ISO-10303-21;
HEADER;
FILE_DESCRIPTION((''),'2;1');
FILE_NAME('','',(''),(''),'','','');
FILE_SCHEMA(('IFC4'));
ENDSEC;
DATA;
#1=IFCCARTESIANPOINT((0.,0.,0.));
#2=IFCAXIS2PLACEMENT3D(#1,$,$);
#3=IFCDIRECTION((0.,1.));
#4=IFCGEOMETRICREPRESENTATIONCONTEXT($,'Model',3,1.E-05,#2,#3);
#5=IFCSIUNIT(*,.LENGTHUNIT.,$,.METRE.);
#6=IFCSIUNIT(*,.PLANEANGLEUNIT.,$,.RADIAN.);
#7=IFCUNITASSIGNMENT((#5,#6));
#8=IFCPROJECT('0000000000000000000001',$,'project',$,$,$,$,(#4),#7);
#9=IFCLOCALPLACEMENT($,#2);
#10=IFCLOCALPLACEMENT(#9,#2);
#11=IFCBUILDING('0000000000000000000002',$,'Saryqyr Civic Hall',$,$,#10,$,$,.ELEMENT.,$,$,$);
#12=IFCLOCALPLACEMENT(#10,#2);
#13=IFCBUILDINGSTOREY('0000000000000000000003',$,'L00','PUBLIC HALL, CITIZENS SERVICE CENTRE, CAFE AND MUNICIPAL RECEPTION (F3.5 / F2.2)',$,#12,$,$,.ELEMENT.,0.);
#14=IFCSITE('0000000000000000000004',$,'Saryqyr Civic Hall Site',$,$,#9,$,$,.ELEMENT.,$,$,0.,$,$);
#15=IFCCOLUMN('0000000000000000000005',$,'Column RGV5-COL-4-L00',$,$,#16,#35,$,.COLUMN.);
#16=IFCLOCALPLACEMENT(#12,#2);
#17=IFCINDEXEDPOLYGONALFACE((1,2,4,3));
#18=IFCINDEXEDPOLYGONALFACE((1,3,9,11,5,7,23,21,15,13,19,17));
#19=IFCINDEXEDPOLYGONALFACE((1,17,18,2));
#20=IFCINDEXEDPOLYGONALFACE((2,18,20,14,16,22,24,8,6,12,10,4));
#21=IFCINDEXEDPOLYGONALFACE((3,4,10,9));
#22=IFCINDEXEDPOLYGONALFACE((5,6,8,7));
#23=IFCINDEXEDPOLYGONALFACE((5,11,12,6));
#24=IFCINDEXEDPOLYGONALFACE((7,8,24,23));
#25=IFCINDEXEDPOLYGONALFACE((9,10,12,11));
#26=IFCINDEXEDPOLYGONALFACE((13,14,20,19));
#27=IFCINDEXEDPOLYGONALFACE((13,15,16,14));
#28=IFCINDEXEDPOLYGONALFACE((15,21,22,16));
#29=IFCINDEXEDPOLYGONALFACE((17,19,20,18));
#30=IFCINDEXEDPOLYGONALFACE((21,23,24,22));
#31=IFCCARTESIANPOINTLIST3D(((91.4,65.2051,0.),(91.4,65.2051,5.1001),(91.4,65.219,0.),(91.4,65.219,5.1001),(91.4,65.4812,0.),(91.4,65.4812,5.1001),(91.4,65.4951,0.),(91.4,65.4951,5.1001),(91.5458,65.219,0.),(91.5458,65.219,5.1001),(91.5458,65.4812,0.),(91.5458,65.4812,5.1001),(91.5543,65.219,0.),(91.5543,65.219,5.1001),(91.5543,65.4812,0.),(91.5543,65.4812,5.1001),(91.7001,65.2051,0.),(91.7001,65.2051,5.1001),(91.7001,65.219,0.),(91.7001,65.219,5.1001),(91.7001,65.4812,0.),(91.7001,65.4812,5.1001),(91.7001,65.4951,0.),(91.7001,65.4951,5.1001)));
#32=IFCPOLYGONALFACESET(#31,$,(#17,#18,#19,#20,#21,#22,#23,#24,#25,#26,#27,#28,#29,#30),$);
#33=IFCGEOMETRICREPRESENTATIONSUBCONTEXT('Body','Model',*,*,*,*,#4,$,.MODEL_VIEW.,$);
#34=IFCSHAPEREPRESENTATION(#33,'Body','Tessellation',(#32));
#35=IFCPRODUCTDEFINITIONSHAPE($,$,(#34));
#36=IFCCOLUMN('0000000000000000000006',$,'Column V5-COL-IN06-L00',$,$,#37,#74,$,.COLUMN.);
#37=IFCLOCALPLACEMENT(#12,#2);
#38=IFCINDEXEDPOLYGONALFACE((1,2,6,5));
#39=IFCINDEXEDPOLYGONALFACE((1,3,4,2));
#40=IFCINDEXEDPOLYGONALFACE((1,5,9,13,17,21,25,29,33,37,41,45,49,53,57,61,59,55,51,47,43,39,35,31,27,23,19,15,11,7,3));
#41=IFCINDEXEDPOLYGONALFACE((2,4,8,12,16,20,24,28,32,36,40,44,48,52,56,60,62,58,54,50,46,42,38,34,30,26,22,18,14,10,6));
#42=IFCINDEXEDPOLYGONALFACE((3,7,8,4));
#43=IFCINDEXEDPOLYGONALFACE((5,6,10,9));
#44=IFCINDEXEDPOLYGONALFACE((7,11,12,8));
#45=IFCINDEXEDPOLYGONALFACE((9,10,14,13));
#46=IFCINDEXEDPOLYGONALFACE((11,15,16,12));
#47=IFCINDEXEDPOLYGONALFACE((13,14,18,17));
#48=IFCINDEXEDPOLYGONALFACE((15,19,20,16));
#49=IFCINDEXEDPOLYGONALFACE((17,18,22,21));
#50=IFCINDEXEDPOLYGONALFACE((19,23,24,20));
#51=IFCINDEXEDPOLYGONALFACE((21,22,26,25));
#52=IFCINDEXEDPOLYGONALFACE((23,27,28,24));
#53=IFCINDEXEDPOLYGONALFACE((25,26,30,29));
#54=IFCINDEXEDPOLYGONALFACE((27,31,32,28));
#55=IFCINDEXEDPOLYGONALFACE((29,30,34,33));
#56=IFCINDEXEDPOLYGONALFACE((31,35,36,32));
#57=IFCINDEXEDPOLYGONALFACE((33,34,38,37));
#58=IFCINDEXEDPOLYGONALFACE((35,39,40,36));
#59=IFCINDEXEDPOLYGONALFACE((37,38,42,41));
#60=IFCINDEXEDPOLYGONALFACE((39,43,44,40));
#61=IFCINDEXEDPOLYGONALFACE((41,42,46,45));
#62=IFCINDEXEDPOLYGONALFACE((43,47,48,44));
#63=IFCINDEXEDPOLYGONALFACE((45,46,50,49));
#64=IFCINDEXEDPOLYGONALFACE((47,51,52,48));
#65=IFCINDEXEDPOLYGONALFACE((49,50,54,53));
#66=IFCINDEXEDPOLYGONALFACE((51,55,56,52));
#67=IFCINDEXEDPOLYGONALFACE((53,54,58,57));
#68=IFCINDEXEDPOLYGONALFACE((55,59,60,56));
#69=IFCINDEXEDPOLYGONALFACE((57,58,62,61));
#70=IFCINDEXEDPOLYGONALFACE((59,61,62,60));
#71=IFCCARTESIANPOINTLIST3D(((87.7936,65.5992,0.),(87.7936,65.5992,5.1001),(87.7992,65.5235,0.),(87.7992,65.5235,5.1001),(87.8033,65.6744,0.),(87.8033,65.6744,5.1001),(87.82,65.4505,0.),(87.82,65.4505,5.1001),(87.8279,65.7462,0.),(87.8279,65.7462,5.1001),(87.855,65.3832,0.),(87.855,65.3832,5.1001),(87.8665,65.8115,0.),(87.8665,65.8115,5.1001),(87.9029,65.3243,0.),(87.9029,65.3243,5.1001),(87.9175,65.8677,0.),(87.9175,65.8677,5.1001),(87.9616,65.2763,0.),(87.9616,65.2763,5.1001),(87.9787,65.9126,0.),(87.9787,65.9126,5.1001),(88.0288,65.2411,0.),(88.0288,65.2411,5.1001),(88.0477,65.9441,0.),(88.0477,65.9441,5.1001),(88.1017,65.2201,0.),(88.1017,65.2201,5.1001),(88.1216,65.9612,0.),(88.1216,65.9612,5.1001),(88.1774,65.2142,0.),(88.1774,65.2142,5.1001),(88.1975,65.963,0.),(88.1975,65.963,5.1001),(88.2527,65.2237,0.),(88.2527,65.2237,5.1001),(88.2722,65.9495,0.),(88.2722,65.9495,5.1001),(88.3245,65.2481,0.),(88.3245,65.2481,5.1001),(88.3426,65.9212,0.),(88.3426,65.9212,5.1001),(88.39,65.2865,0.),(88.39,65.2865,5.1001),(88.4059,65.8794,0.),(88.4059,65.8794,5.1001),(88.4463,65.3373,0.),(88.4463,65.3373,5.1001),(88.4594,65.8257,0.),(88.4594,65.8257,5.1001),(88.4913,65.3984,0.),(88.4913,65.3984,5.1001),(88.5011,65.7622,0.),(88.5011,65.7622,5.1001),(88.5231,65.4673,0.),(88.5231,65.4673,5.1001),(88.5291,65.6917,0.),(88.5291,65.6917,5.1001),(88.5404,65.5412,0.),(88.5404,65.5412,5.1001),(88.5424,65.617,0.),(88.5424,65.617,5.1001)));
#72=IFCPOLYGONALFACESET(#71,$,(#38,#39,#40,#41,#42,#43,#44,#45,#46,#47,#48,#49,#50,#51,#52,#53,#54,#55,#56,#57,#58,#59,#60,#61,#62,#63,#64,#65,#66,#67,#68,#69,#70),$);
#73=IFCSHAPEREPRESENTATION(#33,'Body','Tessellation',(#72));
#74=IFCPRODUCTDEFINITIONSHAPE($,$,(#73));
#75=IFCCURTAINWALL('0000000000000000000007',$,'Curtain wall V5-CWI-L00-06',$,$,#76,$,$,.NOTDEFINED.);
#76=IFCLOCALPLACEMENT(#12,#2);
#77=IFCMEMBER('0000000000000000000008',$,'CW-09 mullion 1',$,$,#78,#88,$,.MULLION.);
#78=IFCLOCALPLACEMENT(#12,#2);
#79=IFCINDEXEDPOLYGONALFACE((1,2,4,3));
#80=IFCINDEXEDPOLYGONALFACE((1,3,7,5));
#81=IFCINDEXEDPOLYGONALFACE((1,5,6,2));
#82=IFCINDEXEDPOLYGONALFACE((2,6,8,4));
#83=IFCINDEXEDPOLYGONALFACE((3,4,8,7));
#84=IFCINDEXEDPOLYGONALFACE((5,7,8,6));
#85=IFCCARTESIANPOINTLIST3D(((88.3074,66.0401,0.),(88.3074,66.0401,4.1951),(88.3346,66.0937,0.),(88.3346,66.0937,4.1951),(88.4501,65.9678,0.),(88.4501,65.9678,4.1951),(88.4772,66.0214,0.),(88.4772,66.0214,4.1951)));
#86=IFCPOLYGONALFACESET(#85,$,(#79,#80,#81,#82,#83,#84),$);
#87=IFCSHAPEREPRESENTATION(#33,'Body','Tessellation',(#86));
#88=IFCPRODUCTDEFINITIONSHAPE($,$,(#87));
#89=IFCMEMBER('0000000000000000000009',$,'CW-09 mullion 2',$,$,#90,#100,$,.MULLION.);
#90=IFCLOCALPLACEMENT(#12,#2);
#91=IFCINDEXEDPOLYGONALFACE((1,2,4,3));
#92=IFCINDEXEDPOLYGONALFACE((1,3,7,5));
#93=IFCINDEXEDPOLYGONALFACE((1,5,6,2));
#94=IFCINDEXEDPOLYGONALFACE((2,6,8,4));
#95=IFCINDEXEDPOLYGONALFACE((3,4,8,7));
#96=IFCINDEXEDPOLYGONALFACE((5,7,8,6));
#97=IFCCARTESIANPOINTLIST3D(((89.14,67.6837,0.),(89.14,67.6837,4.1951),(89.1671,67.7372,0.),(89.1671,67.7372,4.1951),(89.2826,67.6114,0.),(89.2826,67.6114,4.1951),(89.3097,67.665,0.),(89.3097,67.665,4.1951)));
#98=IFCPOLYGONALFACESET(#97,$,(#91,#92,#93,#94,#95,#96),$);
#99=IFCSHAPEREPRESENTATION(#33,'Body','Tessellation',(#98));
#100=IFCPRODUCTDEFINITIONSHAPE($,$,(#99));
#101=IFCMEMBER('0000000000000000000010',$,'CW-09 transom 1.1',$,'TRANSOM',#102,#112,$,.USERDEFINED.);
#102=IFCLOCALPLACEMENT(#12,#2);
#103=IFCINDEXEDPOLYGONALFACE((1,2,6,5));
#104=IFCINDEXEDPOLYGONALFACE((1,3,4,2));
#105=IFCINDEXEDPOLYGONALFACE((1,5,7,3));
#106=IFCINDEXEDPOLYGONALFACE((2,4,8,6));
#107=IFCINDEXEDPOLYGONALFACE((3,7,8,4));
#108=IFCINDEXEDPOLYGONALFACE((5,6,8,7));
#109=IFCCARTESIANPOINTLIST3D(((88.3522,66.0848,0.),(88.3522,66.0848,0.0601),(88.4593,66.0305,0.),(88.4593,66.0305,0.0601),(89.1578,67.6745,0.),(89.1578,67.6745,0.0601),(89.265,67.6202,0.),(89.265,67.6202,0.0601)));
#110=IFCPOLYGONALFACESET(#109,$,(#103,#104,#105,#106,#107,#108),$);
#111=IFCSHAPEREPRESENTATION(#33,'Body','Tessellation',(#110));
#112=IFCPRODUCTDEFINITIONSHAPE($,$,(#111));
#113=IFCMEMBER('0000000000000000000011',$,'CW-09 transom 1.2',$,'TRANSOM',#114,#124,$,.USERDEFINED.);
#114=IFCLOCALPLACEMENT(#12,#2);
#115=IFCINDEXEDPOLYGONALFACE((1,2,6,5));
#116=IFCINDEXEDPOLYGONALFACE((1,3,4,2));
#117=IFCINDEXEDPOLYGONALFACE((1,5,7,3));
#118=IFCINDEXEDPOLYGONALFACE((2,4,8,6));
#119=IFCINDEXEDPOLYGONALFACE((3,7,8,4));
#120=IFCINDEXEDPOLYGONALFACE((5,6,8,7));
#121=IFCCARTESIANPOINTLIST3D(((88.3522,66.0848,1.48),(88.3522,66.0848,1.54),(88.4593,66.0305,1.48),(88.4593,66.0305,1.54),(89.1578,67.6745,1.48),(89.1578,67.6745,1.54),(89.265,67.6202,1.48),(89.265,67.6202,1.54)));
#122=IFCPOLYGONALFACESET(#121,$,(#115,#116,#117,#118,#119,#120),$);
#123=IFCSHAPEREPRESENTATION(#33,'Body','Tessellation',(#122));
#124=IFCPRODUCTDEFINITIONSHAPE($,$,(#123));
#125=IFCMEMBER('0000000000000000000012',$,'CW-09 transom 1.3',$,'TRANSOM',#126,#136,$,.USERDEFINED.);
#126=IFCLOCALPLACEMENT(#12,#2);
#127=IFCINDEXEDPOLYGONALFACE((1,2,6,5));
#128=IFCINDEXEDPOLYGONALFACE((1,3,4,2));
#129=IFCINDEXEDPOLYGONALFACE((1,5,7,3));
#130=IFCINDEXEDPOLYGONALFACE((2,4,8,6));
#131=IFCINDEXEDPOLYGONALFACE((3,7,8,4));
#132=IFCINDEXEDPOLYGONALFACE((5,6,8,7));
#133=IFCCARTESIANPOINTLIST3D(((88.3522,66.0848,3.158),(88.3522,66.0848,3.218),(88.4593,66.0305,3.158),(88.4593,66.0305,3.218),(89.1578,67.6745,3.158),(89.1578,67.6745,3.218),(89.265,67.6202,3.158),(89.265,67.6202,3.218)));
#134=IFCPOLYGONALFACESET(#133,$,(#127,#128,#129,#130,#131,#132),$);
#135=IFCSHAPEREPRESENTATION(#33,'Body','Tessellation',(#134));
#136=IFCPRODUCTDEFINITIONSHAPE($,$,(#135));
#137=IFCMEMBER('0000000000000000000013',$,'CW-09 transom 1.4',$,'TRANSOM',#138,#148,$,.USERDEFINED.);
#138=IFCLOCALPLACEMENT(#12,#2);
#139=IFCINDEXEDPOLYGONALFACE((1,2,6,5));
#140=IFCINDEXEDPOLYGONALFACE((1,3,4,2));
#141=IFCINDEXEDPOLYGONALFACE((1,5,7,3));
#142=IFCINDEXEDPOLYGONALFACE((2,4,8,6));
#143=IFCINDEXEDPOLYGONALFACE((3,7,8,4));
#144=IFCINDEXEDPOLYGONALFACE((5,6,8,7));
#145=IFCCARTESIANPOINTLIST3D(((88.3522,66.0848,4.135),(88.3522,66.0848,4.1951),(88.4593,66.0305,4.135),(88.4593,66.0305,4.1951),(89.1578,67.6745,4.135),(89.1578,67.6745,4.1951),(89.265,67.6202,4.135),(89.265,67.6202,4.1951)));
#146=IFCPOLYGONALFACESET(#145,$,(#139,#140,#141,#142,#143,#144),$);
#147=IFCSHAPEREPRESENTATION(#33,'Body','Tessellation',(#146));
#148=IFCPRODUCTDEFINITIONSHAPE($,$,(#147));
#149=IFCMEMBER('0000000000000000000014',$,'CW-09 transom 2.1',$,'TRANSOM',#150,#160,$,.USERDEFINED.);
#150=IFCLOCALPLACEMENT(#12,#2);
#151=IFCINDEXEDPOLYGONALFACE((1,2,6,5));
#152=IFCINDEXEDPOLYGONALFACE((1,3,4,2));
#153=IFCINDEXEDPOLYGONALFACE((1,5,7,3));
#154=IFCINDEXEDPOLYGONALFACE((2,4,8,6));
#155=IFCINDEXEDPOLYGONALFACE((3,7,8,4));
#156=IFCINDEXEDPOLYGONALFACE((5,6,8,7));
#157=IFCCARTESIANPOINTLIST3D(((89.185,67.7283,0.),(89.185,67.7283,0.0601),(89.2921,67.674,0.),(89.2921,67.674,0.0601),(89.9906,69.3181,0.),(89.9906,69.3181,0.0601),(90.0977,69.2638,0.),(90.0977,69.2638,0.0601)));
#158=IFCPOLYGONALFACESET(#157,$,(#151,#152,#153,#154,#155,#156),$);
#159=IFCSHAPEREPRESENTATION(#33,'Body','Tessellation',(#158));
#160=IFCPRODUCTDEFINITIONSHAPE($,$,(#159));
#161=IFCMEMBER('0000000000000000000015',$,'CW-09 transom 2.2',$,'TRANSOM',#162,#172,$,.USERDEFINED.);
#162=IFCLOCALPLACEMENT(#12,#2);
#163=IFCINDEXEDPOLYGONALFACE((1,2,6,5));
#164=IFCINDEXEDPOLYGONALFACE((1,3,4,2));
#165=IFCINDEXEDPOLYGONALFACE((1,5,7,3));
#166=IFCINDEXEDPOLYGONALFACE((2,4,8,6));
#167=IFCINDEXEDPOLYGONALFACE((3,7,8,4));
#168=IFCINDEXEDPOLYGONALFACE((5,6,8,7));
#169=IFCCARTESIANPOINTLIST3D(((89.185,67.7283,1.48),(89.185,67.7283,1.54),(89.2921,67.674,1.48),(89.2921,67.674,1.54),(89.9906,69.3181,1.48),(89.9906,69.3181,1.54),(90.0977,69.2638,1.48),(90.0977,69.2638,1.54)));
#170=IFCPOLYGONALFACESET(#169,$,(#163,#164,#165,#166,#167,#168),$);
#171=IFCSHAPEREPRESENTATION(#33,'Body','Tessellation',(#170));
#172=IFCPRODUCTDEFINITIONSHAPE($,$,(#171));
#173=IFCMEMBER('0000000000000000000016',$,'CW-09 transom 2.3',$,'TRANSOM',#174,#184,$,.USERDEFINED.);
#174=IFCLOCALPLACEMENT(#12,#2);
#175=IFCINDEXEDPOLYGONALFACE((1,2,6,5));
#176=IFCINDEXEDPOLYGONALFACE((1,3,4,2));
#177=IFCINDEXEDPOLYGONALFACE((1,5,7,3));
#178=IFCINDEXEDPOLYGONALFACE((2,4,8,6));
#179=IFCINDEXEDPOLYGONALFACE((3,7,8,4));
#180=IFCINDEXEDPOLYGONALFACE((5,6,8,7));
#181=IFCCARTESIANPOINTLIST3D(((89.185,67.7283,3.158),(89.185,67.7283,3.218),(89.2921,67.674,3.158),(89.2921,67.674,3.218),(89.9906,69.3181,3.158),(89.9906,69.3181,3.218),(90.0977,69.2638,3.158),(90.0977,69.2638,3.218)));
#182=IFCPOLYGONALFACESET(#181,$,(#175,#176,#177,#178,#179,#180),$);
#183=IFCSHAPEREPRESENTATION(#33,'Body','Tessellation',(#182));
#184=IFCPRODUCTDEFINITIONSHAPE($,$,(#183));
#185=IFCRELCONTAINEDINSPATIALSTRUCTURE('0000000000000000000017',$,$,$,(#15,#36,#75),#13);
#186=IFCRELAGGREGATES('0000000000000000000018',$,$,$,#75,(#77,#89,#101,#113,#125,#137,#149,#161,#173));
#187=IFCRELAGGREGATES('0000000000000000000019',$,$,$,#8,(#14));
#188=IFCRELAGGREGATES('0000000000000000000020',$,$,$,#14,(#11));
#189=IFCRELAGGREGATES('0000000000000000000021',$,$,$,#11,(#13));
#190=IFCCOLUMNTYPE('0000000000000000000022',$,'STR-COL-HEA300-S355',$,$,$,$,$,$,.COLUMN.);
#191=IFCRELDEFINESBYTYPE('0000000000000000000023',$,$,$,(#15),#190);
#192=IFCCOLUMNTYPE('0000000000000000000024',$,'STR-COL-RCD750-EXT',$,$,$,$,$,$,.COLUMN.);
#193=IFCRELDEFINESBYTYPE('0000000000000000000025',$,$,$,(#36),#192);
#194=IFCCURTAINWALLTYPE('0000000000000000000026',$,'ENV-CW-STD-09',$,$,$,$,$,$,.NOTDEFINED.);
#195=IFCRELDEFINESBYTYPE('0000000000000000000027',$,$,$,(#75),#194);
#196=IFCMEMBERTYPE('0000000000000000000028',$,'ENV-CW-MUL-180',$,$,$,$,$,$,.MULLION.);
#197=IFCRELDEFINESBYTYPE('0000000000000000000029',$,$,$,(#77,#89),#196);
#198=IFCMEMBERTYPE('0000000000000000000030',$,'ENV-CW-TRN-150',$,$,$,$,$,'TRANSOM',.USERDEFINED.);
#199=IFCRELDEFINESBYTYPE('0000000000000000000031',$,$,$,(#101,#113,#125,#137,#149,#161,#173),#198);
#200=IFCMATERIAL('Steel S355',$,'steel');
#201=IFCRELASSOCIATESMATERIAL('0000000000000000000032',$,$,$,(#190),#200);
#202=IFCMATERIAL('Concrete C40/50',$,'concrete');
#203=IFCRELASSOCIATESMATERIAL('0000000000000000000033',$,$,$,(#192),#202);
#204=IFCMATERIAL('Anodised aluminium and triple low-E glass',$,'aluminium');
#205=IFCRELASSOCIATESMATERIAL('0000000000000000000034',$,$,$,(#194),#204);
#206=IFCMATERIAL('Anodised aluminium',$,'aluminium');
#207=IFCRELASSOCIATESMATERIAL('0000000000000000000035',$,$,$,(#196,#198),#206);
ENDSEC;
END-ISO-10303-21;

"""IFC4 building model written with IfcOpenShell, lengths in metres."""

from ifc_helpers import new_model, si_unit, direction, frame, origin, origin_2d, place, context, subcontext, project, spatial, rectangle, circle, i_section, extrude, material, material_profile, profile_set, type_object, element, aggregate, save


model = new_model("IFC4")

# Units and contexts
model_context = context("Model", 3, precision=1e-05, world=origin(), true_north=direction((0.0, 1.0)))
body_context = subcontext(model_context, "Body", "Model", "MODEL_VIEW")
ifc_project = project(units=[si_unit("LENGTHUNIT", "METRE"), si_unit("PLANEANGLEUNIT", "RADIAN")], contexts=[model_context])

# Site, building, storey
site_placement = place(None, origin())
site = spatial("IfcSite", under=ifc_project, at=site_placement, Name="Saryqyr Civic Hall Site", CompositionType="ELEMENT", RefElevation=0.0)
building_placement = place(site_placement, origin())
building = spatial("IfcBuilding", under=site, at=building_placement, Name="Saryqyr Civic Hall", CompositionType="ELEMENT")
storey_placement = place(building_placement, origin())
storey = spatial("IfcBuildingStorey", under=building, at=storey_placement, Name="L00", Description="PUBLIC HALL, CITIZENS SERVICE CENTRE, CAFE AND MUNICIPAL RECEPTION (F3.5 / F2.2)", CompositionType="ELEMENT", Elevation=0.0)

# Columns
ifc_material_1 = material(Name="Steel S355", Category="steel")
ifc_material_profile_1 = material_profile(ifc_material_1, i_section(OverallWidth=0.3, OverallDepth=0.29, WebThickness=0.0085, FlangeThickness=0.0139, at=origin_2d()), Name="HEA 300")
ifc_profile_set_1 = profile_set([ifc_material_profile_1], Name="Steel S355")
column_type_1 = type_object("IfcColumnType", Name="STR-COL-HEA300-S355", PredefinedType="COLUMN", material=ifc_profile_set_1)
column_1_placement = place(storey_placement, frame((91.55, 65.3501, 0.0), z_axis=(0.0, 0.0, 1.0), x_axis=(1.0, 0.0, 0.0)))
element("IfcColumn", 1, at=column_1_placement, inside=storey, type_object=column_type_1, Name="Column RGV5-COL-4-L00", PredefinedType="COLUMN", context=body_context, shape_type="SweptSolid", body=[
    extrude(i_section(OverallWidth=0.3, OverallDepth=0.29, WebThickness=0.0085, FlangeThickness=0.0139, at=origin_2d()), origin(), (0.0, 0.0, 1.0), 5.1001),
])
ifc_material_2 = material(Name="Concrete C40/50", Category="concrete")
ifc_material_profile_2 = material_profile(ifc_material_2, circle(Radius=0.375, at=origin_2d()), Name="RC D750")
ifc_profile_set_2 = profile_set([ifc_material_profile_2], Name="Concrete C40/50")
column_type_2 = type_object("IfcColumnType", Name="STR-COL-RCD750-EXT", PredefinedType="COLUMN", material=ifc_profile_set_2)
column_2_placement = place(storey_placement, frame((88.1685, 65.5891, 0.0), z_axis=(0.0, 0.0, 1.0), x_axis=(0.861008, -0.508591, 0.0)))
element("IfcColumn", 2, at=column_2_placement, inside=storey, type_object=column_type_2, Name="Column V5-COL-IN06-L00", PredefinedType="COLUMN", context=body_context, shape_type="SweptSolid", body=[
    extrude(circle(Radius=0.375, at=origin_2d()), origin(), (0.0, 0.0, 1.0), 5.1001),
])

# Curtain wall, members
ifc_material_3 = material(Name="Anodised aluminium and triple low-E glass", Category="aluminium")
curtain_wall_type = type_object("IfcCurtainWallType", Name="ENV-CW-STD-09", PredefinedType="NOTDEFINED", material=ifc_material_3)
curtain_wall_placement = place(storey_placement, origin())
curtain_wall = element("IfcCurtainWall", 3, at=curtain_wall_placement, inside=storey, type_object=curtain_wall_type, Name="Curtain wall V5-CWI-L00-06", PredefinedType="NOTDEFINED")
ifc_material_4 = material(Name="Anodised aluminium", Category="aluminium")
ifc_material_profile_3 = material_profile(ifc_material_4, rectangle(XDim=0.0601, YDim=0.1599, at=origin_2d()), Name="ALU MULLION 60x160")
ifc_profile_set_3 = profile_set([ifc_material_profile_3], Name="Anodised aluminium")
member_type_1 = type_object("IfcMemberType", Name="ENV-CW-MUL-180", PredefinedType="MULLION", material=ifc_profile_set_3)
member_1_placement = place(storey_placement, frame((88.3923, 66.0308, 0.0), z_axis=(0.0, 0.0, 1.0), x_axis=(0.45195, 0.892043, 0.0)))
member_1 = element("IfcMember", 4, at=member_1_placement, type_object=member_type_1, Name="CW-09 mullion 1", PredefinedType="MULLION", context=body_context, shape_type="SweptSolid", body=[
    extrude(rectangle(XDim=0.0601, YDim=0.1599, at=origin_2d()), origin(), (0.0, 0.0, 1.0), 4.1951),
])
member_2_placement = place(storey_placement, frame((89.2249, 67.6743, 0.0), z_axis=(0.0, 0.0, 1.0), x_axis=(0.45195, 0.892043, 0.0)))
member_2 = element("IfcMember", 5, at=member_2_placement, type_object=member_type_1, Name="CW-09 mullion 2", PredefinedType="MULLION", context=body_context, shape_type="SweptSolid", body=[
    extrude(rectangle(XDim=0.0601, YDim=0.1599, at=origin_2d()), origin(), (0.0, 0.0, 1.0), 4.1951),
])
ifc_material_profile_4 = material_profile(ifc_material_4, rectangle(XDim=0.1201, YDim=0.0601, at=origin_2d()), Name="ALU TRANSOM 120x60")
ifc_profile_set_4 = profile_set([ifc_material_profile_4], Name="Anodised aluminium")
member_type_2 = type_object("IfcMemberType", Name="ENV-CW-TRN-150", ElementType="TRANSOM", PredefinedType="USERDEFINED", material=ifc_profile_set_4)
member_3_placement = place(storey_placement, frame((88.4058, 66.0576, 0.03), z_axis=(0.452029, 0.892003, 0.0), x_axis=(-0.892003, 0.452029, 0.0)))
member_3 = element("IfcMember", 6, at=member_3_placement, type_object=member_type_2, Name="CW-09 transom 1.1", ObjectType="TRANSOM", PredefinedType="USERDEFINED", context=body_context, shape_type="SweptSolid", body=[
    extrude(rectangle(XDim=0.1201, YDim=0.0601, at=origin_2d()), origin(), (0.0, 0.0, 1.0), 1.7822),
])
member_4_placement = place(storey_placement, frame((88.4058, 66.0576, 1.51), z_axis=(0.452029, 0.892003, 0.0), x_axis=(-0.892003, 0.452029, 0.0)))
member_4 = element("IfcMember", 7, at=member_4_placement, type_object=member_type_2, Name="CW-09 transom 1.2", ObjectType="TRANSOM", PredefinedType="USERDEFINED", context=body_context, shape_type="SweptSolid", body=[
    extrude(rectangle(XDim=0.1201, YDim=0.0601, at=origin_2d()), origin(), (0.0, 0.0, 1.0), 1.7822),
])
member_5_placement = place(storey_placement, frame((88.4058, 66.0576, 3.188), z_axis=(0.452029, 0.892003, 0.0), x_axis=(-0.892003, 0.452029, 0.0)))
member_5 = element("IfcMember", 8, at=member_5_placement, type_object=member_type_2, Name="CW-09 transom 1.3", ObjectType="TRANSOM", PredefinedType="USERDEFINED", context=body_context, shape_type="SweptSolid", body=[
    extrude(rectangle(XDim=0.1201, YDim=0.0601, at=origin_2d()), origin(), (0.0, 0.0, 1.0), 1.7822),
])
member_6_placement = place(storey_placement, frame((88.4058, 66.0576, 4.165), z_axis=(0.452029, 0.892003, 0.0), x_axis=(-0.892003, 0.452029, 0.0)))
member_6 = element("IfcMember", 9, at=member_6_placement, type_object=member_type_2, Name="CW-09 transom 1.4", ObjectType="TRANSOM", PredefinedType="USERDEFINED", context=body_context, shape_type="SweptSolid", body=[
    extrude(rectangle(XDim=0.1201, YDim=0.0601, at=origin_2d()), origin(), (0.0, 0.0, 1.0), 1.7822),
])
member_7_placement = place(storey_placement, frame((89.2385, 67.7012, 0.03), z_axis=(0.452029, 0.892003, 0.0), x_axis=(-0.892003, 0.452029, 0.0)))
member_7 = element("IfcMember", 10, at=member_7_placement, type_object=member_type_2, Name="CW-09 transom 2.1", ObjectType="TRANSOM", PredefinedType="USERDEFINED", context=body_context, shape_type="SweptSolid", body=[
    extrude(rectangle(XDim=0.1201, YDim=0.0601, at=origin_2d()), origin(), (0.0, 0.0, 1.0), 1.7822),
])
member_8_placement = place(storey_placement, frame((89.2385, 67.7012, 1.51), z_axis=(0.452029, 0.892003, 0.0), x_axis=(-0.892003, 0.452029, 0.0)))
member_8 = element("IfcMember", 11, at=member_8_placement, type_object=member_type_2, Name="CW-09 transom 2.2", ObjectType="TRANSOM", PredefinedType="USERDEFINED", context=body_context, shape_type="SweptSolid", body=[
    extrude(rectangle(XDim=0.1201, YDim=0.0601, at=origin_2d()), origin(), (0.0, 0.0, 1.0), 1.7822),
])
member_9_placement = place(storey_placement, frame((89.2385, 67.7012, 3.188), z_axis=(0.452029, 0.892003, 0.0), x_axis=(-0.892003, 0.452029, 0.0)))
member_9 = element("IfcMember", 12, at=member_9_placement, type_object=member_type_2, Name="CW-09 transom 2.3", ObjectType="TRANSOM", PredefinedType="USERDEFINED", context=body_context, shape_type="SweptSolid", body=[
    extrude(rectangle(XDim=0.1201, YDim=0.0601, at=origin_2d()), origin(), (0.0, 0.0, 1.0), 1.7822),
])

aggregate(curtain_wall, [member_1, member_2, member_3, member_4, member_5, member_6, member_7, member_8, member_9])

save(model, "model.ifc")
